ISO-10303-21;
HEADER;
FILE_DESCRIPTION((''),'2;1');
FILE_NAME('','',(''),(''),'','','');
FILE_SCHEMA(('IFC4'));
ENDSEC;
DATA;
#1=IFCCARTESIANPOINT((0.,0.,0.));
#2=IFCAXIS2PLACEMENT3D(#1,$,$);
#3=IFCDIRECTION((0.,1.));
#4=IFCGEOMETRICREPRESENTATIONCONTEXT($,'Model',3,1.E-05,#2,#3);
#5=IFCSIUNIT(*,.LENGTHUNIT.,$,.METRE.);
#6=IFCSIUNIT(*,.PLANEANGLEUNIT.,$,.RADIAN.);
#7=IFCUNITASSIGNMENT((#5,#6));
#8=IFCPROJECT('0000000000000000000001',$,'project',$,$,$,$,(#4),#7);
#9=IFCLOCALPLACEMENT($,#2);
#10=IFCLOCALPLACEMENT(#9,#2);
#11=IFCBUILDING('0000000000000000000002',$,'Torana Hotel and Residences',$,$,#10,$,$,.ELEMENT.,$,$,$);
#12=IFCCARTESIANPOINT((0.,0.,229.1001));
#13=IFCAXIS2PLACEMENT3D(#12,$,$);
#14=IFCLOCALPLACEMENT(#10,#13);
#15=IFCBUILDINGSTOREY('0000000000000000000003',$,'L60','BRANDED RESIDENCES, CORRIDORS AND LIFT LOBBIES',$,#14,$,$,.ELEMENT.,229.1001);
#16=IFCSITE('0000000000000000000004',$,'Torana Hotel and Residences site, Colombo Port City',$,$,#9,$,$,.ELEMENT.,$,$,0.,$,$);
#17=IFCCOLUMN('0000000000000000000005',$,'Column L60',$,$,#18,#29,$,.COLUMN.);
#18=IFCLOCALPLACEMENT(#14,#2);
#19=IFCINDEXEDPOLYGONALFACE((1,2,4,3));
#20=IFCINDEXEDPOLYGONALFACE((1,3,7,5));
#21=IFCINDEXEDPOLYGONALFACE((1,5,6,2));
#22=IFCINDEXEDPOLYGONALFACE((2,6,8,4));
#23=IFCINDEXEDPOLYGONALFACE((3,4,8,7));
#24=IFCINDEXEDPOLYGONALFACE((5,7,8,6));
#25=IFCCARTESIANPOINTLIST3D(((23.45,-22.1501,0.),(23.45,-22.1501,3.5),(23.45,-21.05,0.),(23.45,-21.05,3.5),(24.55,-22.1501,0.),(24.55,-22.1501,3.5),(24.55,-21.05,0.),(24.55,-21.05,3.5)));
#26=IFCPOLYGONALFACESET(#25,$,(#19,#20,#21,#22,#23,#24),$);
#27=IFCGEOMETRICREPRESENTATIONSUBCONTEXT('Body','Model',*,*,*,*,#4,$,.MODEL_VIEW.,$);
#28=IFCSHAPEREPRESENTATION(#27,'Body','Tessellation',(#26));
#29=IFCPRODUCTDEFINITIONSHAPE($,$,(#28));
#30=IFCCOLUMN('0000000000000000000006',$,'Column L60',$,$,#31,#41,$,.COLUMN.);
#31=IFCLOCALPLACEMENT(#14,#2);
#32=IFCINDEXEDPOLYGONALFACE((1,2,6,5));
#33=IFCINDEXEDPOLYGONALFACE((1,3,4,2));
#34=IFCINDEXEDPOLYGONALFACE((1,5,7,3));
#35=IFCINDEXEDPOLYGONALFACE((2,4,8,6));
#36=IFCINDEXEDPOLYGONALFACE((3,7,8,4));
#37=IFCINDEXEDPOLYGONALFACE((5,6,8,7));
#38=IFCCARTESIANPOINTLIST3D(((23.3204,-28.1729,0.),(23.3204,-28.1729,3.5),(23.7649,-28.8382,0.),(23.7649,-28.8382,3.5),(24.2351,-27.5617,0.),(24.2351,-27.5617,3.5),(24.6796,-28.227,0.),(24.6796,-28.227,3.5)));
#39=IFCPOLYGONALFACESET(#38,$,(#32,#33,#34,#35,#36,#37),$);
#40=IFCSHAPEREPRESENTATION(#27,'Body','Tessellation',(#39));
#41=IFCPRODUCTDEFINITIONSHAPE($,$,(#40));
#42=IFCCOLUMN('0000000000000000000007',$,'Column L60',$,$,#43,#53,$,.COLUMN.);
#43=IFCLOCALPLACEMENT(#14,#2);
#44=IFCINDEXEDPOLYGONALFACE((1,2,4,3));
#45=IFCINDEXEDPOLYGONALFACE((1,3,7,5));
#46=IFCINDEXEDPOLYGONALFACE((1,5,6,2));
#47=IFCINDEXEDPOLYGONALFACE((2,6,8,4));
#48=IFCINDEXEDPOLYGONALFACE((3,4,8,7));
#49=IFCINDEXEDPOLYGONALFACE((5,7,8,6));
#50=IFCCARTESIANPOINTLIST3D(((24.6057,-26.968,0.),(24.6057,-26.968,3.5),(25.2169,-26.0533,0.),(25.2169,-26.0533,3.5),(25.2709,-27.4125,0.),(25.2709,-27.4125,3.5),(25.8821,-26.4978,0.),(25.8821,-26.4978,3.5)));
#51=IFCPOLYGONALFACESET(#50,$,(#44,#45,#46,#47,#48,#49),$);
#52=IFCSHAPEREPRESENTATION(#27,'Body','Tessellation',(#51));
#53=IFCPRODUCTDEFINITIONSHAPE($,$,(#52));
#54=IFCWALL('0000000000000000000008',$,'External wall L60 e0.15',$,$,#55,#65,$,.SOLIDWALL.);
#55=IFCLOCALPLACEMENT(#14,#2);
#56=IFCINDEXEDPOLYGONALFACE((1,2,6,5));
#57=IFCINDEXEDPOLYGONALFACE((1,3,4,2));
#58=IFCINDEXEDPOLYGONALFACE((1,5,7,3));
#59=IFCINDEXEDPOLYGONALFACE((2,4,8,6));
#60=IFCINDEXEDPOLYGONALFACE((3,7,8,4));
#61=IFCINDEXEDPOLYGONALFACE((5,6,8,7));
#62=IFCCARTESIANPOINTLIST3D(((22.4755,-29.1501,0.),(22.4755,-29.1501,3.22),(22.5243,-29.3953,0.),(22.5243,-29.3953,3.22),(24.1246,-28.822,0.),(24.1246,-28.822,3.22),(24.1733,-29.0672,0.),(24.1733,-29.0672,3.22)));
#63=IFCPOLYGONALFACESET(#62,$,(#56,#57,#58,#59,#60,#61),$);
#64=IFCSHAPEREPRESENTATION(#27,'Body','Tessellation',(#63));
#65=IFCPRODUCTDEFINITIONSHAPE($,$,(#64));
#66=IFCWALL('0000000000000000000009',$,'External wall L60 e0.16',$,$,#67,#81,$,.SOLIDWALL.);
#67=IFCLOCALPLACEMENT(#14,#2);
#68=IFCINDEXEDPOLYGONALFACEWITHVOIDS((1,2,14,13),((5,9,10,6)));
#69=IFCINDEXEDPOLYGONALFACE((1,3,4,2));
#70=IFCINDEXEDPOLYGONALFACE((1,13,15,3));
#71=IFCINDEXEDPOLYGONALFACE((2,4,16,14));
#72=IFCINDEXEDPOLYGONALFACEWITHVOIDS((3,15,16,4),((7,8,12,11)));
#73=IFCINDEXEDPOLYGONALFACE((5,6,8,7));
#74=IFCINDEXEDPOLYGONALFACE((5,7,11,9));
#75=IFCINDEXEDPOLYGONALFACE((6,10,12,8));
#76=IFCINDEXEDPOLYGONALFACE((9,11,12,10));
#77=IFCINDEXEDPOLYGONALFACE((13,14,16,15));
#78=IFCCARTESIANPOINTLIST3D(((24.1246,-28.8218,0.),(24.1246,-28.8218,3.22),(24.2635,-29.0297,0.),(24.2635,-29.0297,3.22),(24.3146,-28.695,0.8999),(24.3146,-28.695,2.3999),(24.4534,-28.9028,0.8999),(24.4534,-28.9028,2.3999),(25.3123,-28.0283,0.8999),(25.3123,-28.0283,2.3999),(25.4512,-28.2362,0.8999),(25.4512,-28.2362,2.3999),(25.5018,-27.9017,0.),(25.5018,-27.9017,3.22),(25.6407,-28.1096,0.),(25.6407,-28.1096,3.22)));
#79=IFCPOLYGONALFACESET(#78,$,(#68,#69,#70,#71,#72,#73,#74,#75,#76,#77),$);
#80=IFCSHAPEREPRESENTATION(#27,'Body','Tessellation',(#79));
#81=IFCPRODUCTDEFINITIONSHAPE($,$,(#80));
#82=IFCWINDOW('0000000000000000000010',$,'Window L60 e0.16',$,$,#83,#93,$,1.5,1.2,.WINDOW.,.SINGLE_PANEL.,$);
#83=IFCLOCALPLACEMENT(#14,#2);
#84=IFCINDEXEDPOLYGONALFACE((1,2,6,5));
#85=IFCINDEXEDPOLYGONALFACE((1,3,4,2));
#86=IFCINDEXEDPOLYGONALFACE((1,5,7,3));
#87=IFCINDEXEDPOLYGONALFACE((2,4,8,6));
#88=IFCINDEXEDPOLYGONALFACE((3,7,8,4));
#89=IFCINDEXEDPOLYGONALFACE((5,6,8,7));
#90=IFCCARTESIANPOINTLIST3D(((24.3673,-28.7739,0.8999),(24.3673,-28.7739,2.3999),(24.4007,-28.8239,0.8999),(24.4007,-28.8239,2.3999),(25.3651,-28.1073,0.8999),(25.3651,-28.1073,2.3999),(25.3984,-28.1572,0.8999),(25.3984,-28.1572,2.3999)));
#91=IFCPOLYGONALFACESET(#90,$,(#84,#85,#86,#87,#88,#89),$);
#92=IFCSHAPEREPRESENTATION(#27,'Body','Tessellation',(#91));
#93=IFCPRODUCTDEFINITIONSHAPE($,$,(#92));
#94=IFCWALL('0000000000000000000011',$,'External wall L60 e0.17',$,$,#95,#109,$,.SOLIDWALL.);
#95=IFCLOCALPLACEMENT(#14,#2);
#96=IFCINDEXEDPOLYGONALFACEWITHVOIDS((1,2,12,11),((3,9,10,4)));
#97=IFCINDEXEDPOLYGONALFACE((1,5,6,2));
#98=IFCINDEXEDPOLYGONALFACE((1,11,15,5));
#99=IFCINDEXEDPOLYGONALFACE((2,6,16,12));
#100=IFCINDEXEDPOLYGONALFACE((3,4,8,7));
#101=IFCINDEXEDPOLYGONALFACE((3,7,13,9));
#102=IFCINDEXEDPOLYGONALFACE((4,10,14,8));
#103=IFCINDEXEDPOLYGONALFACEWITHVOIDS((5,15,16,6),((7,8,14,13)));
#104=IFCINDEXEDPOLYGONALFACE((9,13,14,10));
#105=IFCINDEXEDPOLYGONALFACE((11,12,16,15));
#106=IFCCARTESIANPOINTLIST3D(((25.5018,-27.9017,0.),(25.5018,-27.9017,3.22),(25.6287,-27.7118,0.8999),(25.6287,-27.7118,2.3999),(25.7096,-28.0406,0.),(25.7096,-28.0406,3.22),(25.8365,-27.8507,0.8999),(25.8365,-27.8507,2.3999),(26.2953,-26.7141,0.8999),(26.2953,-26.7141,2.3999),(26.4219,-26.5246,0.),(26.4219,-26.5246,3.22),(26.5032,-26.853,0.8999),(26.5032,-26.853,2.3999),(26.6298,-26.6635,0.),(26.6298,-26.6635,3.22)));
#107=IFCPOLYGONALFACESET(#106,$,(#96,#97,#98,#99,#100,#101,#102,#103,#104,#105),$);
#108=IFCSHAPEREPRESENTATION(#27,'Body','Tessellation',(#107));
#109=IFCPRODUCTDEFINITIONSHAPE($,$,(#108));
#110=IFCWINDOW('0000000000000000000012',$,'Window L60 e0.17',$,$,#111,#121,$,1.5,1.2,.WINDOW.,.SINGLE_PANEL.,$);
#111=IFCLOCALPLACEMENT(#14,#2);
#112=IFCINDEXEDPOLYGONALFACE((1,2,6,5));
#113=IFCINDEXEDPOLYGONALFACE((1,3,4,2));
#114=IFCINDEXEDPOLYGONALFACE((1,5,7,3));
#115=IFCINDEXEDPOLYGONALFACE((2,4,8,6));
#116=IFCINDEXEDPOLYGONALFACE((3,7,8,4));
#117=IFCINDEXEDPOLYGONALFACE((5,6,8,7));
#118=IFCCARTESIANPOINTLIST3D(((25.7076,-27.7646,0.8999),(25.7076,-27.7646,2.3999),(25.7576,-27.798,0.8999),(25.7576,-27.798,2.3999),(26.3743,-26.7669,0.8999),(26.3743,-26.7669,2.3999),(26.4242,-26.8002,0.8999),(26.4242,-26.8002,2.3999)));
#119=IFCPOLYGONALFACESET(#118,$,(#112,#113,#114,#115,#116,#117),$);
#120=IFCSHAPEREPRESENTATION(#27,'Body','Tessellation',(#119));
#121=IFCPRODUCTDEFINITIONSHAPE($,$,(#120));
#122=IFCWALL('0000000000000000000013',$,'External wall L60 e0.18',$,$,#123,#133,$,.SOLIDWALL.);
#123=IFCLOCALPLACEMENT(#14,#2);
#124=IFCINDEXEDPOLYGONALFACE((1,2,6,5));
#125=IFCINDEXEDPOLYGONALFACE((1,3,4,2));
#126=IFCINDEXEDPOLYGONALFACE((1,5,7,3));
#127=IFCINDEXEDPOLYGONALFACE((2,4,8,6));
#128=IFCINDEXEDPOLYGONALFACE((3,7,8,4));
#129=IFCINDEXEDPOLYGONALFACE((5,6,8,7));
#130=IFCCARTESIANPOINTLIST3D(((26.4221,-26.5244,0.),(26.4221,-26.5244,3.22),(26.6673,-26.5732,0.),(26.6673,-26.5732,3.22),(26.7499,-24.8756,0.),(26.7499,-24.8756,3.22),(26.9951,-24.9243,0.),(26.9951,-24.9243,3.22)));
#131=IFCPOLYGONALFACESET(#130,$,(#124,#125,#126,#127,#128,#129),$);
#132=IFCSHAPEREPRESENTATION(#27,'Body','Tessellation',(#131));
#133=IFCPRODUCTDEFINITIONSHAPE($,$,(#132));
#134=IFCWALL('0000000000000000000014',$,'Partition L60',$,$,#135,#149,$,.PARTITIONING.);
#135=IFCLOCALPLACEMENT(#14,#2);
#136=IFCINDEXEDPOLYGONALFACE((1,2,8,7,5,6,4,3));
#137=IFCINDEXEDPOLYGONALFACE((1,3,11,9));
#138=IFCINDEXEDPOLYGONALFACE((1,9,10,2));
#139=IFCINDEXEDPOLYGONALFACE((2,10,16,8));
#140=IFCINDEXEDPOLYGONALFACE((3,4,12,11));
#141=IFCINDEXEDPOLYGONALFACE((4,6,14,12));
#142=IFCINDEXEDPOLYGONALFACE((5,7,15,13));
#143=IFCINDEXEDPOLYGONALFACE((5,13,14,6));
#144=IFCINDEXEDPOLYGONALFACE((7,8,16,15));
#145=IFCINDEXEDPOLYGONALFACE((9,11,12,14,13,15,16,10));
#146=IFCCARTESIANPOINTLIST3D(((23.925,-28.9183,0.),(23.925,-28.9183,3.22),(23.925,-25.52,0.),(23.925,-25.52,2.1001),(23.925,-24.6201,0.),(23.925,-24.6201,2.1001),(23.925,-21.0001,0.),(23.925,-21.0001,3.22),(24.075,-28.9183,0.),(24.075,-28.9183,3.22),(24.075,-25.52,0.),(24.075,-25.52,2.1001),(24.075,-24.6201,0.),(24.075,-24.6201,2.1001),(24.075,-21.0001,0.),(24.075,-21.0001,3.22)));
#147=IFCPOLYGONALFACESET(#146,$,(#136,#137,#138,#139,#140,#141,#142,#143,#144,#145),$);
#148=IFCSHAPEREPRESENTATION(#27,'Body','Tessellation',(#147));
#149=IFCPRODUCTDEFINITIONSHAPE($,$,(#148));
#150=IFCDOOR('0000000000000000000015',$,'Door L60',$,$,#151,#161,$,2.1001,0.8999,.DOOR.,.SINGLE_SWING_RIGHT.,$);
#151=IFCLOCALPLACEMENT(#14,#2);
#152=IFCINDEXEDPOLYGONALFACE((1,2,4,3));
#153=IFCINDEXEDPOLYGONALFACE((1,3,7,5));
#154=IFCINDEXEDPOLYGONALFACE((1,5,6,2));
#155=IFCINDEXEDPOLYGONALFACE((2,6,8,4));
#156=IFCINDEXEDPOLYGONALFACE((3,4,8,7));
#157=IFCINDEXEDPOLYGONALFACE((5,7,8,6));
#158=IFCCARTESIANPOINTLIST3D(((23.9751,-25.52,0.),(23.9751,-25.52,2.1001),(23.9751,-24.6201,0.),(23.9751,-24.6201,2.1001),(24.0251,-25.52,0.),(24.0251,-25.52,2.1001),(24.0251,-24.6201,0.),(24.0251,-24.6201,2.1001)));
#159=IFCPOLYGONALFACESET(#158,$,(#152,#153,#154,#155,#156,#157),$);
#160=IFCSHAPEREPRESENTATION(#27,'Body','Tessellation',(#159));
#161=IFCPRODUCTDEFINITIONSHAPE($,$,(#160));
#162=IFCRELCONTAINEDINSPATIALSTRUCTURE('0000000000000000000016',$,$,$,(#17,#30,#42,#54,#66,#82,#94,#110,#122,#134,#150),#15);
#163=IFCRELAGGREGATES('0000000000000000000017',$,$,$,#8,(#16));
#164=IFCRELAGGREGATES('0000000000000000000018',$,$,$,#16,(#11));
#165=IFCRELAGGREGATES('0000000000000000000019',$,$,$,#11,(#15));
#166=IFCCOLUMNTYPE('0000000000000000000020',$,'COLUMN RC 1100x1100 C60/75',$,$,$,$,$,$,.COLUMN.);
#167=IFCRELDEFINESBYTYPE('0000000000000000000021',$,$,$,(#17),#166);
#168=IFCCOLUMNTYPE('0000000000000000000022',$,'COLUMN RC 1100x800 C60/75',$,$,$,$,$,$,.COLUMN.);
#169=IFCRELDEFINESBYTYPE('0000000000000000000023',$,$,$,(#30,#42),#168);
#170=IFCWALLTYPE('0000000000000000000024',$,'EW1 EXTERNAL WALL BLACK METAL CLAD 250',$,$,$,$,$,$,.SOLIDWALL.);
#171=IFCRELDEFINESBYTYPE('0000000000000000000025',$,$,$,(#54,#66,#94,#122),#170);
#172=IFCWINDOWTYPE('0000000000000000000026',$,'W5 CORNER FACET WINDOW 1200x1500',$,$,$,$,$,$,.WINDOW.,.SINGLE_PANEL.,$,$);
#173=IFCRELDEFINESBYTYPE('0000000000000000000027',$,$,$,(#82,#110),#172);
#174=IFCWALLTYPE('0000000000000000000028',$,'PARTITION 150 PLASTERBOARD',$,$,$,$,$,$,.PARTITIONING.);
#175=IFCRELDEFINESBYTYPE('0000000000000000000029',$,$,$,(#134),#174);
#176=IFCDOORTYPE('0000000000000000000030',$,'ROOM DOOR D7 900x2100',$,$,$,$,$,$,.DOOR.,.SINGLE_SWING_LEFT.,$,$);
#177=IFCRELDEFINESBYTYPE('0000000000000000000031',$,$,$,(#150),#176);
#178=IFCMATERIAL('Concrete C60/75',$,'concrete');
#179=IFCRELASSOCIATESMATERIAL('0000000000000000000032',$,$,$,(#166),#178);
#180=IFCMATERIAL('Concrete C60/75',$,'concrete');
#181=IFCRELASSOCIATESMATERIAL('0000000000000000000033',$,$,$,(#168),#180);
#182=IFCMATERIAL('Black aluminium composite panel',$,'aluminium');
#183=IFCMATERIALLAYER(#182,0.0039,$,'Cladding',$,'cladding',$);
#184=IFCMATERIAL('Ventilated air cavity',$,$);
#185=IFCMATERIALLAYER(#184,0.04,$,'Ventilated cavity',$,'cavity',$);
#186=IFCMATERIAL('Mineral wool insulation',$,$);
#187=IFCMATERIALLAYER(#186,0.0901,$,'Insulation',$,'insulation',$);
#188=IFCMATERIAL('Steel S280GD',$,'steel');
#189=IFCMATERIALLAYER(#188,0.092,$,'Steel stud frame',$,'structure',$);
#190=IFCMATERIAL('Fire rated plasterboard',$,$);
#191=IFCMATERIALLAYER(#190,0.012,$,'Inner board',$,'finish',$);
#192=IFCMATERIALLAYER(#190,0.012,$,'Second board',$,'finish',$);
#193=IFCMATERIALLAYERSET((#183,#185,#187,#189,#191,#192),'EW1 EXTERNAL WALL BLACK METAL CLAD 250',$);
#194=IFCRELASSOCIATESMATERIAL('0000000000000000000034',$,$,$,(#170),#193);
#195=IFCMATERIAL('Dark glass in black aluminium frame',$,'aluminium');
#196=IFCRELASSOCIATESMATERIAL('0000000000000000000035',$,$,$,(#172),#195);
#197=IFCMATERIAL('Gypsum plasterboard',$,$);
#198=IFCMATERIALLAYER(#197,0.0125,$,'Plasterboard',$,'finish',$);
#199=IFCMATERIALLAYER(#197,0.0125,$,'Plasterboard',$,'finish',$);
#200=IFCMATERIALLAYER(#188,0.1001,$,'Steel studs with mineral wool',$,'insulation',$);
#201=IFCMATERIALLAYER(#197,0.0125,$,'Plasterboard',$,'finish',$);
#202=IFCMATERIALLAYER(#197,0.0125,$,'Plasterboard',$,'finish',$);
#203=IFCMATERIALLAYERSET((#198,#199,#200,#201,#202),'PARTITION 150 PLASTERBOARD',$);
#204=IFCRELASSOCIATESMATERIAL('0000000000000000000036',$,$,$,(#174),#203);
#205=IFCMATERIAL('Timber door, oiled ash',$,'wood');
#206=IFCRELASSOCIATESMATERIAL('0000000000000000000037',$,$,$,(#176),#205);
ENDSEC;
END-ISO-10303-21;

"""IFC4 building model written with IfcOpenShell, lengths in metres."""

from ifc_helpers import new_model, si_unit, direction, frame, frame_2d, origin, origin_2d, place, context, subcontext, project, spatial, rectangle, extrude, material, layer, layer_set, material_profile, profile_set, type_object, element, fill, save


model = new_model("IFC4")

# Units and contexts
model_context = context("Model", 3, precision=1e-05, world=origin(), true_north=direction((0.0, 1.0)))
body_context = subcontext(model_context, "Body", "Model", "MODEL_VIEW")
ifc_project = project(units=[si_unit("LENGTHUNIT", "METRE"), si_unit("PLANEANGLEUNIT", "RADIAN")], contexts=[model_context])

# Site, building, storey
site_placement = place(None, origin())
site = spatial("IfcSite", under=ifc_project, at=site_placement, Name="Torana Hotel and Residences site, Colombo Port City", CompositionType="ELEMENT", RefElevation=0.0)
building_placement = place(site_placement, origin())
building = spatial("IfcBuilding", under=site, at=building_placement, Name="Torana Hotel and Residences", CompositionType="ELEMENT")
storey_placement = place(building_placement, frame((0.0, 0.0, 229.1001)))
storey = spatial("IfcBuildingStorey", under=building, at=storey_placement, Name="L60", Description="BRANDED RESIDENCES, CORRIDORS AND LIFT LOBBIES", CompositionType="ELEMENT", Elevation=229.1001)

# Columns
ifc_material_1 = material(Name="Concrete C60/75", Category="concrete")
ifc_material_profile_1 = material_profile(ifc_material_1, rectangle(XDim=1.1001, YDim=1.1001, at=origin_2d()), Name="RC 1100x1100")
ifc_profile_set_1 = profile_set([ifc_material_profile_1], Name="Concrete C60/75")
column_type_1 = type_object("IfcColumnType", Name="COLUMN RC 1100x1100 C60/75", PredefinedType="COLUMN", material=ifc_profile_set_1)
column_placement = place(storey_placement, frame((24.0, -21.6001, 0.0), z_axis=(0.0, 0.0, 1.0), x_axis=(1.0, 0.0, 0.0)))
element("IfcColumn", 1, at=column_placement, inside=storey, type_object=column_type_1, Name="Column L60", PredefinedType="COLUMN", context=body_context, shape_type="SweptSolid", body=[
    extrude(rectangle(XDim=1.1001, YDim=1.1001, at=origin_2d()), origin(), (0.0, 0.0, 1.0), 3.5),
])
ifc_material_2 = material(Name="Concrete C60/75", Category="concrete")
ifc_material_profile_2 = material_profile(ifc_material_2, rectangle(XDim=1.1001, YDim=0.8, at=origin_2d()), Name="RC 1100x800")
ifc_profile_set_2 = profile_set([ifc_material_profile_2], Name="Concrete C60/75")
column_type_2 = type_object("IfcColumnType", Name="COLUMN RC 1100x800 C60/75", PredefinedType="COLUMN", material=ifc_profile_set_2)
for number, where, z_axis, x_axis, name in (
    (2, (24.0, -28.2, 0.0), (0.0, 0.0, 1.0), (0.83146, 0.555585, 0.0), "Column L60"),
    (3, (25.2439, -26.7329, 0.0), (0.0, 0.0, 1.0), (0.555585, 0.83146, 0.0), "Column L60"),
):
    element("IfcColumn", number, at=place(storey_placement, frame(where, z_axis=z_axis, x_axis=x_axis)), inside=storey, type_object=column_type_2, Name=name, PredefinedType="COLUMN", context=body_context, shape_type="SweptSolid", body=[
        extrude(rectangle(XDim=1.1001, YDim=0.8, at=origin_2d()), origin(), (0.0, 0.0, 1.0), 3.5),
    ])

# Wall
ifc_material_3 = material(Name="Black aluminium composite panel", Category="aluminium")
ifc_layer_1 = layer(ifc_material_3, 0.0039, Name="Cladding", Category="cladding")
ifc_material_4 = material(Name="Ventilated air cavity")
ifc_layer_2 = layer(ifc_material_4, 0.04, Name="Ventilated cavity", Category="cavity")
ifc_material_5 = material(Name="Mineral wool insulation")
ifc_layer_3 = layer(ifc_material_5, 0.0901, Name="Insulation", Category="insulation")
ifc_material_6 = material(Name="Steel S280GD", Category="steel")
ifc_layer_4 = layer(ifc_material_6, 0.092, Name="Steel stud frame", Category="structure")
ifc_material_7 = material(Name="Fire rated plasterboard")
ifc_layer_5 = layer(ifc_material_7, 0.012, Name="Inner board", Category="finish")
ifc_layer_6 = layer(ifc_material_7, 0.012, Name="Second board", Category="finish")
ifc_layer_set_1 = layer_set([ifc_layer_1, ifc_layer_2, ifc_layer_3, ifc_layer_4, ifc_layer_5, ifc_layer_6], Name="EW1 EXTERNAL WALL BLACK METAL CLAD 250")
wall_type_1 = type_object("IfcWallType", Name="EW1 EXTERNAL WALL BLACK METAL CLAD 250", PredefinedType="SOLIDWALL", material=ifc_layer_set_1)
wall_1_placement = place(storey_placement, frame((22.4998, -29.2727, 0.0), z_axis=(0.0, 0.0, 1.0), x_axis=(0.980776, 0.195139, 0.0)))
element("IfcWall", 4, at=wall_1_placement, inside=storey, type_object=wall_type_1, Name="External wall L60 e0.15", PredefinedType="SOLIDWALL", context=body_context, shape_type="SweptSolid", body=[
    extrude(rectangle(XDim=1.6814, YDim=0.25, at=frame_2d((0.8408, 0.0))), origin(), (0.0, 0.0, 1.0), 3.22),
])

# Walls, openings, windows
wall_2_placement = place(storey_placement, frame((24.1941, -28.9258, 0.0), z_axis=(0.0, 0.0, 1.0), x_axis=(0.831483, 0.55555, 0.0)))
wall_2 = element("IfcWall", 5, at=wall_2_placement, inside=storey, type_object=wall_type_1, Name="External wall L60 e0.16", PredefinedType="SOLIDWALL", context=body_context, shape_type="SweptSolid", body=[
    extrude(rectangle(XDim=1.6562, YDim=0.25, at=frame_2d((0.8281, 0.0))), origin(), (0.0, 0.0, 1.0), 3.22),
])
opening_1_placement = place(wall_2_placement, frame((0.2283, 0.0, 0.8999)))
opening_1 = element("IfcOpeningElement", 6, at=opening_1_placement, cuts=wall_2, PredefinedType="OPENING", context=body_context, shape_type="SweptSolid", body=[
    extrude(rectangle(XDim=1.2, YDim=1.5, at=frame_2d((0.6001, 0.75))), frame((0.0, 0.135, 0.0), z_axis=(0.0, -1.0, 0.0), x_axis=(1.0, 0.0, 0.0)), (0.0, 0.0, 1.0), 0.27),
])
ifc_material_8 = material(Name="Dark glass in black aluminium frame", Category="aluminium")
window_type = type_object("IfcWindowType", Name="W5 CORNER FACET WINDOW 1200x1500", PartitioningType="SINGLE_PANEL", PredefinedType="WINDOW", material=ifc_material_8)
window_1_placement = place(opening_1_placement, origin())
window_1 = element("IfcWindow", 7, at=window_1_placement, inside=storey, type_object=window_type, Name="Window L60 e0.16", OverallHeight=1.5, OverallWidth=1.2, PartitioningType="SINGLE_PANEL", PredefinedType="WINDOW", context=body_context, shape_type="SweptSolid", body=[
    extrude(rectangle(XDim=1.2, YDim=1.5, at=frame_2d((0.6001, 0.75))), frame((0.0, 0.03, 0.0), z_axis=(0.0, -1.0, 0.0), x_axis=(1.0, 0.0, 0.0)), (0.0, 0.0, 1.0), 0.0601),
])
fill(opening_1, window_1)
wall_3_placement = place(storey_placement, frame((25.6057, -27.9712, 0.0), z_axis=(0.0, 0.0, 1.0), x_axis=(0.55555, 0.831483, 0.0)))
wall_3 = element("IfcWall", 8, at=wall_3_placement, inside=storey, type_object=wall_type_1, Name="External wall L60 e0.17", PredefinedType="SOLIDWALL", context=body_context, shape_type="SweptSolid", body=[
    extrude(rectangle(XDim=1.6562, YDim=0.25, at=frame_2d((0.8281, 0.0))), origin(), (0.0, 0.0, 1.0), 3.22),
])
opening_2_placement = place(wall_3_placement, frame((0.2283, 0.0, 0.8999)))
opening_2 = element("IfcOpeningElement", 9, at=opening_2_placement, cuts=wall_3, PredefinedType="OPENING", context=body_context, shape_type="SweptSolid", body=[
    extrude(rectangle(XDim=1.2, YDim=1.5, at=frame_2d((0.6001, 0.75))), frame((0.0, 0.135, 0.0), z_axis=(0.0, -1.0, 0.0), x_axis=(1.0, 0.0, 0.0)), (0.0, 0.0, 1.0), 0.27),
])
window_2_placement = place(opening_2_placement, origin())
window_2 = element("IfcWindow", 10, at=window_2_placement, inside=storey, type_object=window_type, Name="Window L60 e0.17", OverallHeight=1.5, OverallWidth=1.2, PartitioningType="SINGLE_PANEL", PredefinedType="WINDOW", context=body_context, shape_type="SweptSolid", body=[
    extrude(rectangle(XDim=1.2, YDim=1.5, at=frame_2d((0.6001, 0.75))), frame((0.0, 0.03, 0.0), z_axis=(0.0, -1.0, 0.0), x_axis=(1.0, 0.0, 0.0)), (0.0, 0.0, 1.0), 0.0601),
])
fill(opening_2, window_2)

# Wall
wall_4_placement = place(storey_placement, frame((26.5447, -26.5488, 0.0), z_axis=(0.0, 0.0, 1.0), x_axis=(0.195027, 0.980798, 0.0)))
element("IfcWall", 11, at=wall_4_placement, inside=storey, type_object=wall_type_1, Name="External wall L60 e0.18", PredefinedType="SOLIDWALL", context=body_context, shape_type="SweptSolid", body=[
    extrude(rectangle(XDim=1.6812, YDim=0.25, at=frame_2d((0.8406, 0.0))), origin(), (0.0, 0.0, 1.0), 3.22),
])

# Wall, opening, door
ifc_material_9 = material(Name="Gypsum plasterboard")
ifc_layer_7 = layer(ifc_material_9, 0.0125, Name="Plasterboard", Category="finish")
ifc_layer_8 = layer(ifc_material_9, 0.0125, Name="Plasterboard", Category="finish")
ifc_layer_9 = layer(ifc_material_6, 0.1001, Name="Steel studs with mineral wool", Category="insulation")
ifc_layer_10 = layer(ifc_material_9, 0.0125, Name="Plasterboard", Category="finish")
ifc_layer_11 = layer(ifc_material_9, 0.0125, Name="Plasterboard", Category="finish")
ifc_layer_set_2 = layer_set([ifc_layer_7, ifc_layer_8, ifc_layer_9, ifc_layer_10, ifc_layer_11], Name="PARTITION 150 PLASTERBOARD")
wall_type_2 = type_object("IfcWallType", Name="PARTITION 150 PLASTERBOARD", PredefinedType="PARTITIONING", material=ifc_layer_set_2)
wall_5_placement = place(storey_placement, frame((24.0, -28.9182, 0.0), z_axis=(0.0, 0.0, 1.0), x_axis=(0.0, 1.0, 0.0)))
wall_5 = element("IfcWall", 12, at=wall_5_placement, inside=storey, type_object=wall_type_2, Name="Partition L60", PredefinedType="PARTITIONING", context=body_context, shape_type="SweptSolid", body=[
    extrude(rectangle(XDim=7.9182, YDim=0.1499, at=frame_2d((3.959, 0.0))), origin(), (0.0, 0.0, 1.0), 3.22),
])
opening_3_placement = place(wall_5_placement, frame((3.3982, 0.0, 0.0)))
opening_3 = element("IfcOpeningElement", 13, at=opening_3_placement, cuts=wall_5, PredefinedType="OPENING", context=body_context, shape_type="SweptSolid", body=[
    extrude(rectangle(XDim=0.8999, YDim=2.1001, at=frame_2d((0.45, 1.05))), frame((0.0, 0.085, 0.0), z_axis=(0.0, -1.0, 0.0), x_axis=(1.0, 0.0, 0.0)), (0.0, 0.0, 1.0), 0.1699),
])
ifc_material_10 = material(Name="Timber door, oiled ash", Category="wood")
door_type_1 = type_object("IfcDoorType", Name="ROOM DOOR D7 900x2100", OperationType="SINGLE_SWING_LEFT", PredefinedType="DOOR", material=ifc_material_10)
door_1_placement = place(opening_3_placement, origin())
door_1 = element("IfcDoor", 14, at=door_1_placement, inside=storey, type_object=door_type_1, Name="Door L60", OperationType="SINGLE_SWING_RIGHT", OverallHeight=2.1001, OverallWidth=0.8999, PredefinedType="DOOR", context=body_context, shape_type="SweptSolid", body=[
    extrude(rectangle(XDim=0.8999, YDim=2.1001, at=frame_2d((0.45, 1.05))), frame((0.0, 0.0249, 0.0), z_axis=(0.0, -1.0, 0.0), x_axis=(1.0, 0.0, 0.0)), (0.0, 0.0, 1.0), 0.05),
])
fill(opening_3, door_1)

save(model, "model.ifc")
